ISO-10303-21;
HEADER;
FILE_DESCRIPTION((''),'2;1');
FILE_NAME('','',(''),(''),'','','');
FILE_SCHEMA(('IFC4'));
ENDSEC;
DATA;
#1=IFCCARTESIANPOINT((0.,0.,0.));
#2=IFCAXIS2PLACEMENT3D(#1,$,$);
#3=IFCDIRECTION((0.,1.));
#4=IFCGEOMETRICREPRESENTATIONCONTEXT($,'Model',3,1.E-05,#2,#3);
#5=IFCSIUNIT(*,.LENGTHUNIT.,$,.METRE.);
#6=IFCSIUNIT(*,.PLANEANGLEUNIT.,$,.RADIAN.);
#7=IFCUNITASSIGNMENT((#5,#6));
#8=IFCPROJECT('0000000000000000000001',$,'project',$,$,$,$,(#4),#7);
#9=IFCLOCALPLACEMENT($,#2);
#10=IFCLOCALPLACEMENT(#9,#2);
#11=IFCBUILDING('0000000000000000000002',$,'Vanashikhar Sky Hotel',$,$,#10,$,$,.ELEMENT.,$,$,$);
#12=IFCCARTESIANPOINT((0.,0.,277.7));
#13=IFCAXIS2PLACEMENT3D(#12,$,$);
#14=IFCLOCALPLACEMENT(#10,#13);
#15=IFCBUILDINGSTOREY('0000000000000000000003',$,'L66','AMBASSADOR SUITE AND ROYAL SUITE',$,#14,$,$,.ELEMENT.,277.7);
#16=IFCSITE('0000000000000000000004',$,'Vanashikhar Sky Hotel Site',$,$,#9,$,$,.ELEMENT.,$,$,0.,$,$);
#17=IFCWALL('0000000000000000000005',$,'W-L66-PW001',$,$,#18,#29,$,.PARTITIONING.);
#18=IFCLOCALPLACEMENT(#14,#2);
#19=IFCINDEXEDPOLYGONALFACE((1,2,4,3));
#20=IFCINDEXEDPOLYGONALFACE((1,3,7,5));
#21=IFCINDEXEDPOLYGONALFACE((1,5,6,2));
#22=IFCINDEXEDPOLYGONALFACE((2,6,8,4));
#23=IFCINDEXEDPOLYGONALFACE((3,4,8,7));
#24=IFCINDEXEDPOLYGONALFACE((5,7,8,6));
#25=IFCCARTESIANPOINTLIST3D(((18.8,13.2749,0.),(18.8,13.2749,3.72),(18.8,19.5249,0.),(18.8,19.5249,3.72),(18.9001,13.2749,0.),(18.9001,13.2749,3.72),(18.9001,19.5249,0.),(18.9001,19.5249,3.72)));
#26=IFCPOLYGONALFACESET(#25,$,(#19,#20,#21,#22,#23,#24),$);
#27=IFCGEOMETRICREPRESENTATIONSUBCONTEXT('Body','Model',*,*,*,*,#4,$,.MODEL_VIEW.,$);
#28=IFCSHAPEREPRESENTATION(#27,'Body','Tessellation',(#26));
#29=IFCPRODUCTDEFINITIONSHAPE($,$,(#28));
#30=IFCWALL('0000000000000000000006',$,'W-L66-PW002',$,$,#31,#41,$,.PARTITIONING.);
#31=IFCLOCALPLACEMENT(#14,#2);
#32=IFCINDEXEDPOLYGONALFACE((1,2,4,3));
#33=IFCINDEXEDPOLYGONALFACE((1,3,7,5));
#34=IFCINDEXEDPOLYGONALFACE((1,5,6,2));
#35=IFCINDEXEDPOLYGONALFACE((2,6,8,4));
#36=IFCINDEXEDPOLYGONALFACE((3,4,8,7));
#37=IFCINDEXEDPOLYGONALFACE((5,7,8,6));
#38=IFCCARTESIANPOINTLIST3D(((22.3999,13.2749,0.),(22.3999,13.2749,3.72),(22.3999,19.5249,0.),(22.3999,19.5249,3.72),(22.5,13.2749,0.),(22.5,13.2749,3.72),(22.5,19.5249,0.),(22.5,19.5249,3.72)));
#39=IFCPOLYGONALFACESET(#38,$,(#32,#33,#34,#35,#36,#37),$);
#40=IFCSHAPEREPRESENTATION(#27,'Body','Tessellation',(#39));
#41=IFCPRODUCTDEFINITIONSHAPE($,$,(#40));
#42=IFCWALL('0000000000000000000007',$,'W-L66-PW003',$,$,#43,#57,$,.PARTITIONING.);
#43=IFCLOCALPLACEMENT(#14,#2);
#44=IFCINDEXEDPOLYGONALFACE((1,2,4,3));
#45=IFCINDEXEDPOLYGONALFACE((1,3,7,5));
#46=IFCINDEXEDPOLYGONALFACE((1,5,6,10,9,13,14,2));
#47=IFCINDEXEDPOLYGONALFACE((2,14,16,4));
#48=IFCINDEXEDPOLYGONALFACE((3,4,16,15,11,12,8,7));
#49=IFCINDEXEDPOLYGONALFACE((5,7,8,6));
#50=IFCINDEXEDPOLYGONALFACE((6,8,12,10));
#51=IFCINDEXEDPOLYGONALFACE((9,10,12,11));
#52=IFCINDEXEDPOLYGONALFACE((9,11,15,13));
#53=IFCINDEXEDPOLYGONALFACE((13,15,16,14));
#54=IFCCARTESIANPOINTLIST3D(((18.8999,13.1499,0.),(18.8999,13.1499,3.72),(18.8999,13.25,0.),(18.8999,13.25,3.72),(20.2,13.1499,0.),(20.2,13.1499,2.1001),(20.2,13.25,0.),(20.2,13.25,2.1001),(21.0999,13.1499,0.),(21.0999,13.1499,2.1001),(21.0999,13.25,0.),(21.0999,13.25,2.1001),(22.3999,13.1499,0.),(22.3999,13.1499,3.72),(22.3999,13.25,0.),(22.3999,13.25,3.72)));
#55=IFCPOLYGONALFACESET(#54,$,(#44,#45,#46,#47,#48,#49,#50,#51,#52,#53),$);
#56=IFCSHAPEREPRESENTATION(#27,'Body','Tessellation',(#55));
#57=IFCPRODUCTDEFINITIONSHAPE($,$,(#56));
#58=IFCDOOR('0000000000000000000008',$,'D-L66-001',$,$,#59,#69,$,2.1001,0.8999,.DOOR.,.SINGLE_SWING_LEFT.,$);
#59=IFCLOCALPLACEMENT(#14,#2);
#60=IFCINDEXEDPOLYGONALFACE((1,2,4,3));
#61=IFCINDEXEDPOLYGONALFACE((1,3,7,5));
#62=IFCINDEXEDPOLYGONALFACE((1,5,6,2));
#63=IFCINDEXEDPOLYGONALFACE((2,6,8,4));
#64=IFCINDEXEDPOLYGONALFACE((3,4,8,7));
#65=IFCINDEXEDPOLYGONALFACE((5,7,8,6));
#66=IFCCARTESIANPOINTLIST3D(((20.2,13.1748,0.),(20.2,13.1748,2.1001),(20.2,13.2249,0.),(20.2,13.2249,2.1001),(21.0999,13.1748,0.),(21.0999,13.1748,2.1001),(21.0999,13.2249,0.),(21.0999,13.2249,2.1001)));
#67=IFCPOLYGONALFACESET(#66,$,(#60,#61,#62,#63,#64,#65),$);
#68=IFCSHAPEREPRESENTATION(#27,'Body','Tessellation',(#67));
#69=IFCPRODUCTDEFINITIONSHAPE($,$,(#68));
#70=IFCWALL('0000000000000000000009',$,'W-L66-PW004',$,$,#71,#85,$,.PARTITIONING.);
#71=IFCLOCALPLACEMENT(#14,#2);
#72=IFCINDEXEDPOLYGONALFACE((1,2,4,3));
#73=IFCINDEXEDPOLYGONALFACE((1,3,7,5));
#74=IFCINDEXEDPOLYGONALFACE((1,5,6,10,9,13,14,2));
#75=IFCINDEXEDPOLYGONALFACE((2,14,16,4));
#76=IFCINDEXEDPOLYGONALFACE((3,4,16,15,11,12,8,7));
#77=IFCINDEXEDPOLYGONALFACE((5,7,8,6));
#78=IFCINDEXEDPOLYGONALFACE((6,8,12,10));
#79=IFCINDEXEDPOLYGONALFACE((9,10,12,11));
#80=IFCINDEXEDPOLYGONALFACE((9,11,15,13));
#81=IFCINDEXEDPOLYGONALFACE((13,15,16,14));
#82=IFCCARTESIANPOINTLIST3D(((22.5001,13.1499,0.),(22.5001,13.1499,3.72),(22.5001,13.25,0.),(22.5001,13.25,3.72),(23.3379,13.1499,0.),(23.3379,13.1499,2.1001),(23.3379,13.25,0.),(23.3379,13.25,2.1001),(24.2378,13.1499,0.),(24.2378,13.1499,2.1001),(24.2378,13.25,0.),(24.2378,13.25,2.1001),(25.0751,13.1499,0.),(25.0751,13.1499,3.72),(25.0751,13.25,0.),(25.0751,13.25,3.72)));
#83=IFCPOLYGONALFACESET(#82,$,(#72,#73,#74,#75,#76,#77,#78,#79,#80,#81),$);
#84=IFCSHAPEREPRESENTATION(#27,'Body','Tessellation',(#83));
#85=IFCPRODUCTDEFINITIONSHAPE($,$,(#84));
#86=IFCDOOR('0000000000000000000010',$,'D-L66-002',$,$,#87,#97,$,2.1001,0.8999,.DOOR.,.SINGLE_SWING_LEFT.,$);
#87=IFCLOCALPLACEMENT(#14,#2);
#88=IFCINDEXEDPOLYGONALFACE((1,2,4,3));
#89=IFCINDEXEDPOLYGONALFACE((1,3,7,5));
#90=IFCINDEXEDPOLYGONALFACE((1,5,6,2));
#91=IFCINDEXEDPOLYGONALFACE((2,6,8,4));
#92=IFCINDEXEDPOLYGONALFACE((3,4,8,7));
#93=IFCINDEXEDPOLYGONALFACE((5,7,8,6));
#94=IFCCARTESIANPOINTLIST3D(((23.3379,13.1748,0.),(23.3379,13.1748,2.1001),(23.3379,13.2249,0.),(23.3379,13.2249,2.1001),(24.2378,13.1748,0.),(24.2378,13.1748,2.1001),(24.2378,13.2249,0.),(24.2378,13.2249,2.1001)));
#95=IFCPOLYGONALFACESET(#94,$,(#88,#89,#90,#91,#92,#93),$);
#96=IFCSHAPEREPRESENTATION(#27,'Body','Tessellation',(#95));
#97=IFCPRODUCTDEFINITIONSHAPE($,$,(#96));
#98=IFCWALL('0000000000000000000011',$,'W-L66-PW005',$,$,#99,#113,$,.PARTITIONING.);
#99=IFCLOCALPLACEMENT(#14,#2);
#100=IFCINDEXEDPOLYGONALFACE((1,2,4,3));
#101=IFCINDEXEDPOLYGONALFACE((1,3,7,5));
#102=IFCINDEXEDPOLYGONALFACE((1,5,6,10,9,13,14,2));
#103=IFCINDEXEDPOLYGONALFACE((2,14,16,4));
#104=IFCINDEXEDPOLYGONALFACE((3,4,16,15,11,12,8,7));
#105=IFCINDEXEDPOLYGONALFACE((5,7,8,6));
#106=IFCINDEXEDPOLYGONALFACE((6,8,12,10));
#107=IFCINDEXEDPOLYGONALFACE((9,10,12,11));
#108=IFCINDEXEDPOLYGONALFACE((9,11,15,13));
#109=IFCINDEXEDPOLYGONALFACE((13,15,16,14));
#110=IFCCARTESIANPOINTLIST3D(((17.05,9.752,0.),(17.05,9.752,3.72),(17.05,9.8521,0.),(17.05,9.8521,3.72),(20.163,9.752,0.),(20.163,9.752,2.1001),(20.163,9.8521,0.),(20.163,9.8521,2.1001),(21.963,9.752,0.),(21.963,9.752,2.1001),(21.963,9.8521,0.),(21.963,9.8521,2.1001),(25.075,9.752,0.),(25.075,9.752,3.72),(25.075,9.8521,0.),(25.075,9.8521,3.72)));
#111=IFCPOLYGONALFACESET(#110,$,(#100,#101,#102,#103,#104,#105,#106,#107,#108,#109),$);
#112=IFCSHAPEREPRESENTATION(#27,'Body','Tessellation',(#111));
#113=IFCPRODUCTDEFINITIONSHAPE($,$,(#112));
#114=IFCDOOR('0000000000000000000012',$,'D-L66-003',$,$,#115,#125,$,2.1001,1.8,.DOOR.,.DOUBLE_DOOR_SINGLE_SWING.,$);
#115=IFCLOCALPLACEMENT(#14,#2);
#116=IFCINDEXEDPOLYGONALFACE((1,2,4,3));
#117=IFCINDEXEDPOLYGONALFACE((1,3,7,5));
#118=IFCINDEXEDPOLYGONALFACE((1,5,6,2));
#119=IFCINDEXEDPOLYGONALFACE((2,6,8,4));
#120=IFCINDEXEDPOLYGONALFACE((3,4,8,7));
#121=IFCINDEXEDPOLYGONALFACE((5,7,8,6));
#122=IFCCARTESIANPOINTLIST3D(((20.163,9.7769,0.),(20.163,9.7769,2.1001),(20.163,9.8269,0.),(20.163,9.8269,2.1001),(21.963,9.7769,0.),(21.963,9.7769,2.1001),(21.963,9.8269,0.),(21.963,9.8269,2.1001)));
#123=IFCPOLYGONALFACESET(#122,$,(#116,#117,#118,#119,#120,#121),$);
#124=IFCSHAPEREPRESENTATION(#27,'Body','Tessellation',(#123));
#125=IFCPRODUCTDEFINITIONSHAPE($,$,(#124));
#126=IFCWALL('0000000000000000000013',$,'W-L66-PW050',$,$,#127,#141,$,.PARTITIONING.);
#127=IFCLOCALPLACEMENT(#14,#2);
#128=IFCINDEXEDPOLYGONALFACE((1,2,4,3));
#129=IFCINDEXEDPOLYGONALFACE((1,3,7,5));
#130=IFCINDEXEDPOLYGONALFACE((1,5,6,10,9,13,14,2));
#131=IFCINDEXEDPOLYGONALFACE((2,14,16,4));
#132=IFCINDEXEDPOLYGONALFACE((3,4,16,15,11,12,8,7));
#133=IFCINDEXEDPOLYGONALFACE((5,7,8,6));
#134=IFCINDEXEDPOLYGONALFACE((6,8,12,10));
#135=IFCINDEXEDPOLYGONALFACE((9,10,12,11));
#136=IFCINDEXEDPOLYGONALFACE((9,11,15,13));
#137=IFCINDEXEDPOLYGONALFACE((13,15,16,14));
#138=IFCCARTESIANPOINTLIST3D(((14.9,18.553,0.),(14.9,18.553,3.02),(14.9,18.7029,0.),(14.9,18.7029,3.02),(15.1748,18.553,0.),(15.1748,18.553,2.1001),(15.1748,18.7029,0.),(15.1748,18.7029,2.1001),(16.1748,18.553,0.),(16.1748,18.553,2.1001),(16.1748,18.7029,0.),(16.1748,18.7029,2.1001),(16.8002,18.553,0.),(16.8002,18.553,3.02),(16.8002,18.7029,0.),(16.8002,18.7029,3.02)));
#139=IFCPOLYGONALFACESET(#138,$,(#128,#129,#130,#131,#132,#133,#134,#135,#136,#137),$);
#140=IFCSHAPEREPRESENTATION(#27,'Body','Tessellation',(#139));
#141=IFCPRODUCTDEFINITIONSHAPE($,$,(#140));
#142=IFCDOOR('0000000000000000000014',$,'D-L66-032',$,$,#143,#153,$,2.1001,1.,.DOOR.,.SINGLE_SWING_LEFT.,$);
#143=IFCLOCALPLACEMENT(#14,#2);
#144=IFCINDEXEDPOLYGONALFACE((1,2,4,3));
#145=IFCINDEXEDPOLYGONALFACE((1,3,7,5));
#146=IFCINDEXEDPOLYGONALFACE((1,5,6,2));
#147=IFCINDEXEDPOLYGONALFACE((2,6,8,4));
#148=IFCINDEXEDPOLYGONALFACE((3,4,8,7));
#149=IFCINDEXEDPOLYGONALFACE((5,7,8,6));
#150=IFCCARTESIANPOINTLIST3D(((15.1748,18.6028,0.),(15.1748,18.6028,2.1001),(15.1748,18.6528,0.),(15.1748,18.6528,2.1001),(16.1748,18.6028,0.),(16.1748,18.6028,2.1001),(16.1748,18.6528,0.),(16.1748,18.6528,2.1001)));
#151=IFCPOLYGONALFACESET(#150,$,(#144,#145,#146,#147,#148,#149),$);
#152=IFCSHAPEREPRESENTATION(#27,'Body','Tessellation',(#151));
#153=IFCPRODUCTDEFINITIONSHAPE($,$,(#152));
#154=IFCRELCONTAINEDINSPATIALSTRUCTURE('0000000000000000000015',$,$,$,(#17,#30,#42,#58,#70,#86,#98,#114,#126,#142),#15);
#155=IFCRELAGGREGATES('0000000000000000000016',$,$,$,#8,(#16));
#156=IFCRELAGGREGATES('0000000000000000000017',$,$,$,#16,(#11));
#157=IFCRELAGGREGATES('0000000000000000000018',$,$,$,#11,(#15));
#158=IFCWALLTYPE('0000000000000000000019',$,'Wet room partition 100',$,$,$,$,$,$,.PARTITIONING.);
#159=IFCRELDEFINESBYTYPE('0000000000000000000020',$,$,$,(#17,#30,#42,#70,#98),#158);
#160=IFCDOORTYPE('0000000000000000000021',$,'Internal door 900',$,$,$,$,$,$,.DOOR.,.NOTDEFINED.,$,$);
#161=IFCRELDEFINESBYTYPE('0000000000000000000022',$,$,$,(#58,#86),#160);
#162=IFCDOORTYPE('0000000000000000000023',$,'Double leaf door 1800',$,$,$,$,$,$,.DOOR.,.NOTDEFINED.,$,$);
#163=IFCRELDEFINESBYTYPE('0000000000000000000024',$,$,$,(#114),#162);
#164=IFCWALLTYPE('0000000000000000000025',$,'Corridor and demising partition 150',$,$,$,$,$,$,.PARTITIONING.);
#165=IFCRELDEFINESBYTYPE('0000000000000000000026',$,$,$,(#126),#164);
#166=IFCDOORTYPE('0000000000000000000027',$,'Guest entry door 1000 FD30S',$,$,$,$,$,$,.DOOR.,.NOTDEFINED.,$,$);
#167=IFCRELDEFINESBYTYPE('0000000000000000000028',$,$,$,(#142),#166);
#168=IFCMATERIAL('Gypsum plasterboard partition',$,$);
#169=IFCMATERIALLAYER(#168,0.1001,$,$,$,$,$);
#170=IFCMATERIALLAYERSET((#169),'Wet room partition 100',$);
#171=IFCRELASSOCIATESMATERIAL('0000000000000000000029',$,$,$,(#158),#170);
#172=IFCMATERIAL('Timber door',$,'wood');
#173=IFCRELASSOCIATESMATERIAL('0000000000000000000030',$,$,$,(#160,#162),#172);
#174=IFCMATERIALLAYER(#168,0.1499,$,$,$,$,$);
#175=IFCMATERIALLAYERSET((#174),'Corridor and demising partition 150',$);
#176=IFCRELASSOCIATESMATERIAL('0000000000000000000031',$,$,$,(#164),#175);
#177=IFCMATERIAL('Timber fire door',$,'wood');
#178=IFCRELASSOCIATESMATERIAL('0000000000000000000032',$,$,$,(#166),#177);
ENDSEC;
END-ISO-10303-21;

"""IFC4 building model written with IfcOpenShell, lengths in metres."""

from ifc_helpers import new_model, si_unit, direction, frame, frame_2d, origin, place, context, subcontext, project, spatial, rectangle, extrude, source, transform, mapped, material, layer, layer_set, type_object, element, fill, save


model = new_model("IFC4")

# Units and contexts
model_context = context("Model", 3, precision=1e-05, world=origin(), true_north=direction((0.0, 1.0)))
body_context = subcontext(model_context, "Body", "Model", "MODEL_VIEW")
ifc_project = project(units=[si_unit("LENGTHUNIT", "METRE"), si_unit("PLANEANGLEUNIT", "RADIAN")], contexts=[model_context])

# Site, building, storey
site_placement = place(None, origin())
site = spatial("IfcSite", under=ifc_project, at=site_placement, Name="Vanashikhar Sky Hotel Site", CompositionType="ELEMENT", RefElevation=0.0)
building_placement = place(site_placement, origin())
building = spatial("IfcBuilding", under=site, at=building_placement, Name="Vanashikhar Sky Hotel", CompositionType="ELEMENT")
storey_placement = place(building_placement, frame((0.0, 0.0, 277.7)))
storey = spatial("IfcBuildingStorey", under=building, at=storey_placement, Name="L66", Description="AMBASSADOR SUITE AND ROYAL SUITE", CompositionType="ELEMENT", Elevation=277.7)

# Walls
ifc_material_1 = material(Name="Gypsum plasterboard partition")
ifc_layer_1 = layer(ifc_material_1, 0.1001)
ifc_layer_set_1 = layer_set([ifc_layer_1], Name="Wet room partition 100")
wall_type_1 = type_object("IfcWallType", Name="Wet room partition 100", PredefinedType="PARTITIONING", material=ifc_layer_set_1)
shared_shape_1 = source(origin(), body_context, "Body", "SweptSolid", [
    extrude(rectangle(XDim=6.25, YDim=0.1001, at=frame_2d((3.125, 0.0))), origin(), (0.0, 0.0, 1.0), 3.72),
])
for number, where, z_axis, x_axis, name in (
    (1, (18.8501, 13.2749, 0.0), (0.0, 0.0, 1.0), (0.0, 1.0, 0.0), "W-L66-PW001"),
    (2, (22.45, 13.2749, 0.0), (0.0, 0.0, 1.0), (0.0, 1.0, 0.0), "W-L66-PW002"),
):
    element("IfcWall", number, at=place(storey_placement, frame(where, z_axis=z_axis, x_axis=x_axis)), inside=storey, type_object=wall_type_1, Name=name, PredefinedType="PARTITIONING", context=body_context, shape_type="MappedRepresentation", body=[
        mapped(shared_shape_1, transform((0.0, 0.0, 0.0), scale=1.0)),
    ])

# Walls, openings, doors
shared_shape_2 = source(origin(), body_context, "Body", "SweptSolid", [
    extrude(rectangle(XDim=3.5, YDim=0.1001, at=frame_2d((1.75, 0.0))), origin(), (0.0, 0.0, 1.0), 3.72),
])
wall_1_placement = place(storey_placement, frame((18.8999, 13.2, 0.0), z_axis=(0.0, 0.0, 1.0), x_axis=(1.0, 0.0, 0.0)))
wall_1 = element("IfcWall", 3, at=wall_1_placement, inside=storey, type_object=wall_type_1, Name="W-L66-PW003", PredefinedType="PARTITIONING", context=body_context, shape_type="MappedRepresentation", body=[
    mapped(shared_shape_2, transform((0.0, 0.0, 0.0), scale=1.0)),
])
shared_shape_3 = source(origin(), body_context, "Body", "SweptSolid", [
    extrude(rectangle(XDim=0.8999, YDim=2.1001, at=frame_2d((0.45, 1.05))), frame((0.0, 0.0601, 0.0), z_axis=(0.0, -1.0, 0.0), x_axis=(1.0, 0.0, 0.0)), (0.0, 0.0, 1.0), 0.1201),
])
opening_1_placement = place(wall_1_placement, frame((1.3, 0.0, 0.0)))
opening_1 = element("IfcOpeningElement", 4, at=opening_1_placement, cuts=wall_1, PredefinedType="OPENING", context=body_context, shape_type="MappedRepresentation", body=[
    mapped(shared_shape_3, transform((0.0, 0.0, 0.0), scale=1.0)),
])
ifc_material_2 = material(Name="Timber door", Category="wood")
door_type_1 = type_object("IfcDoorType", Name="Internal door 900", OperationType="NOTDEFINED", PredefinedType="DOOR", material=ifc_material_2)
shared_shape_4 = source(origin(), body_context, "Body", "SweptSolid", [
    extrude(rectangle(XDim=0.8999, YDim=2.1001, at=frame_2d((0.45, 1.05))), frame((0.0, 0.0249, 0.0), z_axis=(0.0, -1.0, 0.0), x_axis=(1.0, 0.0, 0.0)), (0.0, 0.0, 1.0), 0.05),
])
door_1_placement = place(opening_1_placement, origin())
door_1 = element("IfcDoor", 5, at=door_1_placement, inside=storey, type_object=door_type_1, Name="D-L66-001", OperationType="SINGLE_SWING_LEFT", OverallHeight=2.1001, OverallWidth=0.8999, PredefinedType="DOOR", context=body_context, shape_type="MappedRepresentation", body=[
    mapped(shared_shape_4, transform((0.0, 0.0, 0.0), scale=1.0)),
])
fill(opening_1, door_1)
shared_shape_5 = source(origin(), body_context, "Body", "SweptSolid", [
    extrude(rectangle(XDim=2.575, YDim=0.1001, at=frame_2d((1.2876, 0.0))), origin(), (0.0, 0.0, 1.0), 3.72),
])
wall_2_placement = place(storey_placement, frame((22.5, 13.2, 0.0), z_axis=(0.0, 0.0, 1.0), x_axis=(1.0, 0.0, 0.0)))
wall_2 = element("IfcWall", 6, at=wall_2_placement, inside=storey, type_object=wall_type_1, Name="W-L66-PW004", PredefinedType="PARTITIONING", context=body_context, shape_type="MappedRepresentation", body=[
    mapped(shared_shape_5, transform((0.0, 0.0, 0.0), scale=1.0)),
])
opening_2_placement = place(wall_2_placement, frame((0.8379, 0.0, 0.0)))
opening_2 = element("IfcOpeningElement", 7, at=opening_2_placement, cuts=wall_2, PredefinedType="OPENING", context=body_context, shape_type="MappedRepresentation", body=[
    mapped(shared_shape_3, transform((0.0, 0.0, 0.0), scale=1.0)),
])
door_2_placement = place(opening_2_placement, origin())
door_2 = element("IfcDoor", 8, at=door_2_placement, inside=storey, type_object=door_type_1, Name="D-L66-002", OperationType="SINGLE_SWING_LEFT", OverallHeight=2.1001, OverallWidth=0.8999, PredefinedType="DOOR", context=body_context, shape_type="MappedRepresentation", body=[
    mapped(shared_shape_4, transform((0.0, 0.0, 0.0), scale=1.0)),
])
fill(opening_2, door_2)
shared_shape_6 = source(origin(), body_context, "Body", "SweptSolid", [
    extrude(rectangle(XDim=8.0249, YDim=0.1001, at=frame_2d((4.0125, 0.0))), origin(), (0.0, 0.0, 1.0), 3.72),
])
wall_3_placement = place(storey_placement, frame((17.05, 9.802, 0.0), z_axis=(0.0, 0.0, 1.0), x_axis=(1.0, 0.0, 0.0)))
wall_3 = element("IfcWall", 9, at=wall_3_placement, inside=storey, type_object=wall_type_1, Name="W-L66-PW005", PredefinedType="PARTITIONING", context=body_context, shape_type="MappedRepresentation", body=[
    mapped(shared_shape_6, transform((0.0, 0.0, 0.0), scale=1.0)),
])
shared_shape_7 = source(origin(), body_context, "Body", "SweptSolid", [
    extrude(rectangle(XDim=1.8, YDim=2.1001, at=frame_2d((0.8999, 1.05))), frame((0.0, 0.0601, 0.0), z_axis=(0.0, -1.0, 0.0), x_axis=(1.0, 0.0, 0.0)), (0.0, 0.0, 1.0), 0.1201),
])
opening_3_placement = place(wall_3_placement, frame((3.113, 0.0, 0.0)))
opening_3 = element("IfcOpeningElement", 10, at=opening_3_placement, cuts=wall_3, PredefinedType="OPENING", context=body_context, shape_type="MappedRepresentation", body=[
    mapped(shared_shape_7, transform((0.0, 0.0, 0.0), scale=1.0)),
])
door_type_2 = type_object("IfcDoorType", Name="Double leaf door 1800", OperationType="NOTDEFINED", PredefinedType="DOOR", material=ifc_material_2)
shared_shape_8 = source(origin(), body_context, "Body", "SweptSolid", [
    extrude(rectangle(XDim=1.8, YDim=2.1001, at=frame_2d((0.8999, 1.05))), frame((0.0, 0.0249, 0.0), z_axis=(0.0, -1.0, 0.0), x_axis=(1.0, 0.0, 0.0)), (0.0, 0.0, 1.0), 0.05),
])
door_3_placement = place(opening_3_placement, origin())
door_3 = element("IfcDoor", 11, at=door_3_placement, inside=storey, type_object=door_type_2, Name="D-L66-003", OperationType="DOUBLE_DOOR_SINGLE_SWING", OverallHeight=2.1001, OverallWidth=1.8, PredefinedType="DOOR", context=body_context, shape_type="MappedRepresentation", body=[
    mapped(shared_shape_8, transform((0.0, 0.0, 0.0), scale=1.0)),
])
fill(opening_3, door_3)
ifc_layer_2 = layer(ifc_material_1, 0.1499)
ifc_layer_set_2 = layer_set([ifc_layer_2], Name="Corridor and demising partition 150")
wall_type_2 = type_object("IfcWallType", Name="Corridor and demising partition 150", PredefinedType="PARTITIONING", material=ifc_layer_set_2)
shared_shape_9 = source(origin(), body_context, "Body", "SweptSolid", [
    extrude(rectangle(XDim=1.9001, YDim=0.1499, at=frame_2d((0.9502, 0.0))), origin(), (0.0, 0.0, 1.0), 3.02),
])
wall_4_placement = place(storey_placement, frame((14.8999, 18.6279, 0.0), z_axis=(0.0, 0.0, 1.0), x_axis=(1.0, 0.0, 0.0)))
wall_4 = element("IfcWall", 12, at=wall_4_placement, inside=storey, type_object=wall_type_2, Name="W-L66-PW050", PredefinedType="PARTITIONING", context=body_context, shape_type="MappedRepresentation", body=[
    mapped(shared_shape_9, transform((0.0, 0.0, 0.0), scale=1.0)),
])
shared_shape_10 = source(origin(), body_context, "Body", "SweptSolid", [
    extrude(rectangle(XDim=1.0, YDim=2.1001, at=frame_2d((0.5, 1.05))), frame((0.0, 0.085, 0.0), z_axis=(0.0, -1.0, 0.0), x_axis=(1.0, 0.0, 0.0)), (0.0, 0.0, 1.0), 0.1699),
])
opening_4_placement = place(wall_4_placement, frame((0.2749, 0.0, 0.0)))
opening_4 = element("IfcOpeningElement", 13, at=opening_4_placement, cuts=wall_4, PredefinedType="OPENING", context=body_context, shape_type="MappedRepresentation", body=[
    mapped(shared_shape_10, transform((0.0, 0.0, 0.0), scale=1.0)),
])
ifc_material_3 = material(Name="Timber fire door", Category="wood")
door_type_3 = type_object("IfcDoorType", Name="Guest entry door 1000 FD30S", OperationType="NOTDEFINED", PredefinedType="DOOR", material=ifc_material_3)
shared_shape_11 = source(origin(), body_context, "Body", "SweptSolid", [
    extrude(rectangle(XDim=1.0, YDim=2.1001, at=frame_2d((0.5, 1.05))), frame((0.0, 0.0249, 0.0), z_axis=(0.0, -1.0, 0.0), x_axis=(1.0, 0.0, 0.0)), (0.0, 0.0, 1.0), 0.05),
])
door_4_placement = place(opening_4_placement, origin())
door_4 = element("IfcDoor", 14, at=door_4_placement, inside=storey, type_object=door_type_3, Name="D-L66-032", OperationType="SINGLE_SWING_LEFT", OverallHeight=2.1001, OverallWidth=1.0, PredefinedType="DOOR", context=body_context, shape_type="MappedRepresentation", body=[
    mapped(shared_shape_11, transform((0.0, 0.0, 0.0), scale=1.0)),
])
fill(opening_4, door_4)

save(model, "model.ifc")
